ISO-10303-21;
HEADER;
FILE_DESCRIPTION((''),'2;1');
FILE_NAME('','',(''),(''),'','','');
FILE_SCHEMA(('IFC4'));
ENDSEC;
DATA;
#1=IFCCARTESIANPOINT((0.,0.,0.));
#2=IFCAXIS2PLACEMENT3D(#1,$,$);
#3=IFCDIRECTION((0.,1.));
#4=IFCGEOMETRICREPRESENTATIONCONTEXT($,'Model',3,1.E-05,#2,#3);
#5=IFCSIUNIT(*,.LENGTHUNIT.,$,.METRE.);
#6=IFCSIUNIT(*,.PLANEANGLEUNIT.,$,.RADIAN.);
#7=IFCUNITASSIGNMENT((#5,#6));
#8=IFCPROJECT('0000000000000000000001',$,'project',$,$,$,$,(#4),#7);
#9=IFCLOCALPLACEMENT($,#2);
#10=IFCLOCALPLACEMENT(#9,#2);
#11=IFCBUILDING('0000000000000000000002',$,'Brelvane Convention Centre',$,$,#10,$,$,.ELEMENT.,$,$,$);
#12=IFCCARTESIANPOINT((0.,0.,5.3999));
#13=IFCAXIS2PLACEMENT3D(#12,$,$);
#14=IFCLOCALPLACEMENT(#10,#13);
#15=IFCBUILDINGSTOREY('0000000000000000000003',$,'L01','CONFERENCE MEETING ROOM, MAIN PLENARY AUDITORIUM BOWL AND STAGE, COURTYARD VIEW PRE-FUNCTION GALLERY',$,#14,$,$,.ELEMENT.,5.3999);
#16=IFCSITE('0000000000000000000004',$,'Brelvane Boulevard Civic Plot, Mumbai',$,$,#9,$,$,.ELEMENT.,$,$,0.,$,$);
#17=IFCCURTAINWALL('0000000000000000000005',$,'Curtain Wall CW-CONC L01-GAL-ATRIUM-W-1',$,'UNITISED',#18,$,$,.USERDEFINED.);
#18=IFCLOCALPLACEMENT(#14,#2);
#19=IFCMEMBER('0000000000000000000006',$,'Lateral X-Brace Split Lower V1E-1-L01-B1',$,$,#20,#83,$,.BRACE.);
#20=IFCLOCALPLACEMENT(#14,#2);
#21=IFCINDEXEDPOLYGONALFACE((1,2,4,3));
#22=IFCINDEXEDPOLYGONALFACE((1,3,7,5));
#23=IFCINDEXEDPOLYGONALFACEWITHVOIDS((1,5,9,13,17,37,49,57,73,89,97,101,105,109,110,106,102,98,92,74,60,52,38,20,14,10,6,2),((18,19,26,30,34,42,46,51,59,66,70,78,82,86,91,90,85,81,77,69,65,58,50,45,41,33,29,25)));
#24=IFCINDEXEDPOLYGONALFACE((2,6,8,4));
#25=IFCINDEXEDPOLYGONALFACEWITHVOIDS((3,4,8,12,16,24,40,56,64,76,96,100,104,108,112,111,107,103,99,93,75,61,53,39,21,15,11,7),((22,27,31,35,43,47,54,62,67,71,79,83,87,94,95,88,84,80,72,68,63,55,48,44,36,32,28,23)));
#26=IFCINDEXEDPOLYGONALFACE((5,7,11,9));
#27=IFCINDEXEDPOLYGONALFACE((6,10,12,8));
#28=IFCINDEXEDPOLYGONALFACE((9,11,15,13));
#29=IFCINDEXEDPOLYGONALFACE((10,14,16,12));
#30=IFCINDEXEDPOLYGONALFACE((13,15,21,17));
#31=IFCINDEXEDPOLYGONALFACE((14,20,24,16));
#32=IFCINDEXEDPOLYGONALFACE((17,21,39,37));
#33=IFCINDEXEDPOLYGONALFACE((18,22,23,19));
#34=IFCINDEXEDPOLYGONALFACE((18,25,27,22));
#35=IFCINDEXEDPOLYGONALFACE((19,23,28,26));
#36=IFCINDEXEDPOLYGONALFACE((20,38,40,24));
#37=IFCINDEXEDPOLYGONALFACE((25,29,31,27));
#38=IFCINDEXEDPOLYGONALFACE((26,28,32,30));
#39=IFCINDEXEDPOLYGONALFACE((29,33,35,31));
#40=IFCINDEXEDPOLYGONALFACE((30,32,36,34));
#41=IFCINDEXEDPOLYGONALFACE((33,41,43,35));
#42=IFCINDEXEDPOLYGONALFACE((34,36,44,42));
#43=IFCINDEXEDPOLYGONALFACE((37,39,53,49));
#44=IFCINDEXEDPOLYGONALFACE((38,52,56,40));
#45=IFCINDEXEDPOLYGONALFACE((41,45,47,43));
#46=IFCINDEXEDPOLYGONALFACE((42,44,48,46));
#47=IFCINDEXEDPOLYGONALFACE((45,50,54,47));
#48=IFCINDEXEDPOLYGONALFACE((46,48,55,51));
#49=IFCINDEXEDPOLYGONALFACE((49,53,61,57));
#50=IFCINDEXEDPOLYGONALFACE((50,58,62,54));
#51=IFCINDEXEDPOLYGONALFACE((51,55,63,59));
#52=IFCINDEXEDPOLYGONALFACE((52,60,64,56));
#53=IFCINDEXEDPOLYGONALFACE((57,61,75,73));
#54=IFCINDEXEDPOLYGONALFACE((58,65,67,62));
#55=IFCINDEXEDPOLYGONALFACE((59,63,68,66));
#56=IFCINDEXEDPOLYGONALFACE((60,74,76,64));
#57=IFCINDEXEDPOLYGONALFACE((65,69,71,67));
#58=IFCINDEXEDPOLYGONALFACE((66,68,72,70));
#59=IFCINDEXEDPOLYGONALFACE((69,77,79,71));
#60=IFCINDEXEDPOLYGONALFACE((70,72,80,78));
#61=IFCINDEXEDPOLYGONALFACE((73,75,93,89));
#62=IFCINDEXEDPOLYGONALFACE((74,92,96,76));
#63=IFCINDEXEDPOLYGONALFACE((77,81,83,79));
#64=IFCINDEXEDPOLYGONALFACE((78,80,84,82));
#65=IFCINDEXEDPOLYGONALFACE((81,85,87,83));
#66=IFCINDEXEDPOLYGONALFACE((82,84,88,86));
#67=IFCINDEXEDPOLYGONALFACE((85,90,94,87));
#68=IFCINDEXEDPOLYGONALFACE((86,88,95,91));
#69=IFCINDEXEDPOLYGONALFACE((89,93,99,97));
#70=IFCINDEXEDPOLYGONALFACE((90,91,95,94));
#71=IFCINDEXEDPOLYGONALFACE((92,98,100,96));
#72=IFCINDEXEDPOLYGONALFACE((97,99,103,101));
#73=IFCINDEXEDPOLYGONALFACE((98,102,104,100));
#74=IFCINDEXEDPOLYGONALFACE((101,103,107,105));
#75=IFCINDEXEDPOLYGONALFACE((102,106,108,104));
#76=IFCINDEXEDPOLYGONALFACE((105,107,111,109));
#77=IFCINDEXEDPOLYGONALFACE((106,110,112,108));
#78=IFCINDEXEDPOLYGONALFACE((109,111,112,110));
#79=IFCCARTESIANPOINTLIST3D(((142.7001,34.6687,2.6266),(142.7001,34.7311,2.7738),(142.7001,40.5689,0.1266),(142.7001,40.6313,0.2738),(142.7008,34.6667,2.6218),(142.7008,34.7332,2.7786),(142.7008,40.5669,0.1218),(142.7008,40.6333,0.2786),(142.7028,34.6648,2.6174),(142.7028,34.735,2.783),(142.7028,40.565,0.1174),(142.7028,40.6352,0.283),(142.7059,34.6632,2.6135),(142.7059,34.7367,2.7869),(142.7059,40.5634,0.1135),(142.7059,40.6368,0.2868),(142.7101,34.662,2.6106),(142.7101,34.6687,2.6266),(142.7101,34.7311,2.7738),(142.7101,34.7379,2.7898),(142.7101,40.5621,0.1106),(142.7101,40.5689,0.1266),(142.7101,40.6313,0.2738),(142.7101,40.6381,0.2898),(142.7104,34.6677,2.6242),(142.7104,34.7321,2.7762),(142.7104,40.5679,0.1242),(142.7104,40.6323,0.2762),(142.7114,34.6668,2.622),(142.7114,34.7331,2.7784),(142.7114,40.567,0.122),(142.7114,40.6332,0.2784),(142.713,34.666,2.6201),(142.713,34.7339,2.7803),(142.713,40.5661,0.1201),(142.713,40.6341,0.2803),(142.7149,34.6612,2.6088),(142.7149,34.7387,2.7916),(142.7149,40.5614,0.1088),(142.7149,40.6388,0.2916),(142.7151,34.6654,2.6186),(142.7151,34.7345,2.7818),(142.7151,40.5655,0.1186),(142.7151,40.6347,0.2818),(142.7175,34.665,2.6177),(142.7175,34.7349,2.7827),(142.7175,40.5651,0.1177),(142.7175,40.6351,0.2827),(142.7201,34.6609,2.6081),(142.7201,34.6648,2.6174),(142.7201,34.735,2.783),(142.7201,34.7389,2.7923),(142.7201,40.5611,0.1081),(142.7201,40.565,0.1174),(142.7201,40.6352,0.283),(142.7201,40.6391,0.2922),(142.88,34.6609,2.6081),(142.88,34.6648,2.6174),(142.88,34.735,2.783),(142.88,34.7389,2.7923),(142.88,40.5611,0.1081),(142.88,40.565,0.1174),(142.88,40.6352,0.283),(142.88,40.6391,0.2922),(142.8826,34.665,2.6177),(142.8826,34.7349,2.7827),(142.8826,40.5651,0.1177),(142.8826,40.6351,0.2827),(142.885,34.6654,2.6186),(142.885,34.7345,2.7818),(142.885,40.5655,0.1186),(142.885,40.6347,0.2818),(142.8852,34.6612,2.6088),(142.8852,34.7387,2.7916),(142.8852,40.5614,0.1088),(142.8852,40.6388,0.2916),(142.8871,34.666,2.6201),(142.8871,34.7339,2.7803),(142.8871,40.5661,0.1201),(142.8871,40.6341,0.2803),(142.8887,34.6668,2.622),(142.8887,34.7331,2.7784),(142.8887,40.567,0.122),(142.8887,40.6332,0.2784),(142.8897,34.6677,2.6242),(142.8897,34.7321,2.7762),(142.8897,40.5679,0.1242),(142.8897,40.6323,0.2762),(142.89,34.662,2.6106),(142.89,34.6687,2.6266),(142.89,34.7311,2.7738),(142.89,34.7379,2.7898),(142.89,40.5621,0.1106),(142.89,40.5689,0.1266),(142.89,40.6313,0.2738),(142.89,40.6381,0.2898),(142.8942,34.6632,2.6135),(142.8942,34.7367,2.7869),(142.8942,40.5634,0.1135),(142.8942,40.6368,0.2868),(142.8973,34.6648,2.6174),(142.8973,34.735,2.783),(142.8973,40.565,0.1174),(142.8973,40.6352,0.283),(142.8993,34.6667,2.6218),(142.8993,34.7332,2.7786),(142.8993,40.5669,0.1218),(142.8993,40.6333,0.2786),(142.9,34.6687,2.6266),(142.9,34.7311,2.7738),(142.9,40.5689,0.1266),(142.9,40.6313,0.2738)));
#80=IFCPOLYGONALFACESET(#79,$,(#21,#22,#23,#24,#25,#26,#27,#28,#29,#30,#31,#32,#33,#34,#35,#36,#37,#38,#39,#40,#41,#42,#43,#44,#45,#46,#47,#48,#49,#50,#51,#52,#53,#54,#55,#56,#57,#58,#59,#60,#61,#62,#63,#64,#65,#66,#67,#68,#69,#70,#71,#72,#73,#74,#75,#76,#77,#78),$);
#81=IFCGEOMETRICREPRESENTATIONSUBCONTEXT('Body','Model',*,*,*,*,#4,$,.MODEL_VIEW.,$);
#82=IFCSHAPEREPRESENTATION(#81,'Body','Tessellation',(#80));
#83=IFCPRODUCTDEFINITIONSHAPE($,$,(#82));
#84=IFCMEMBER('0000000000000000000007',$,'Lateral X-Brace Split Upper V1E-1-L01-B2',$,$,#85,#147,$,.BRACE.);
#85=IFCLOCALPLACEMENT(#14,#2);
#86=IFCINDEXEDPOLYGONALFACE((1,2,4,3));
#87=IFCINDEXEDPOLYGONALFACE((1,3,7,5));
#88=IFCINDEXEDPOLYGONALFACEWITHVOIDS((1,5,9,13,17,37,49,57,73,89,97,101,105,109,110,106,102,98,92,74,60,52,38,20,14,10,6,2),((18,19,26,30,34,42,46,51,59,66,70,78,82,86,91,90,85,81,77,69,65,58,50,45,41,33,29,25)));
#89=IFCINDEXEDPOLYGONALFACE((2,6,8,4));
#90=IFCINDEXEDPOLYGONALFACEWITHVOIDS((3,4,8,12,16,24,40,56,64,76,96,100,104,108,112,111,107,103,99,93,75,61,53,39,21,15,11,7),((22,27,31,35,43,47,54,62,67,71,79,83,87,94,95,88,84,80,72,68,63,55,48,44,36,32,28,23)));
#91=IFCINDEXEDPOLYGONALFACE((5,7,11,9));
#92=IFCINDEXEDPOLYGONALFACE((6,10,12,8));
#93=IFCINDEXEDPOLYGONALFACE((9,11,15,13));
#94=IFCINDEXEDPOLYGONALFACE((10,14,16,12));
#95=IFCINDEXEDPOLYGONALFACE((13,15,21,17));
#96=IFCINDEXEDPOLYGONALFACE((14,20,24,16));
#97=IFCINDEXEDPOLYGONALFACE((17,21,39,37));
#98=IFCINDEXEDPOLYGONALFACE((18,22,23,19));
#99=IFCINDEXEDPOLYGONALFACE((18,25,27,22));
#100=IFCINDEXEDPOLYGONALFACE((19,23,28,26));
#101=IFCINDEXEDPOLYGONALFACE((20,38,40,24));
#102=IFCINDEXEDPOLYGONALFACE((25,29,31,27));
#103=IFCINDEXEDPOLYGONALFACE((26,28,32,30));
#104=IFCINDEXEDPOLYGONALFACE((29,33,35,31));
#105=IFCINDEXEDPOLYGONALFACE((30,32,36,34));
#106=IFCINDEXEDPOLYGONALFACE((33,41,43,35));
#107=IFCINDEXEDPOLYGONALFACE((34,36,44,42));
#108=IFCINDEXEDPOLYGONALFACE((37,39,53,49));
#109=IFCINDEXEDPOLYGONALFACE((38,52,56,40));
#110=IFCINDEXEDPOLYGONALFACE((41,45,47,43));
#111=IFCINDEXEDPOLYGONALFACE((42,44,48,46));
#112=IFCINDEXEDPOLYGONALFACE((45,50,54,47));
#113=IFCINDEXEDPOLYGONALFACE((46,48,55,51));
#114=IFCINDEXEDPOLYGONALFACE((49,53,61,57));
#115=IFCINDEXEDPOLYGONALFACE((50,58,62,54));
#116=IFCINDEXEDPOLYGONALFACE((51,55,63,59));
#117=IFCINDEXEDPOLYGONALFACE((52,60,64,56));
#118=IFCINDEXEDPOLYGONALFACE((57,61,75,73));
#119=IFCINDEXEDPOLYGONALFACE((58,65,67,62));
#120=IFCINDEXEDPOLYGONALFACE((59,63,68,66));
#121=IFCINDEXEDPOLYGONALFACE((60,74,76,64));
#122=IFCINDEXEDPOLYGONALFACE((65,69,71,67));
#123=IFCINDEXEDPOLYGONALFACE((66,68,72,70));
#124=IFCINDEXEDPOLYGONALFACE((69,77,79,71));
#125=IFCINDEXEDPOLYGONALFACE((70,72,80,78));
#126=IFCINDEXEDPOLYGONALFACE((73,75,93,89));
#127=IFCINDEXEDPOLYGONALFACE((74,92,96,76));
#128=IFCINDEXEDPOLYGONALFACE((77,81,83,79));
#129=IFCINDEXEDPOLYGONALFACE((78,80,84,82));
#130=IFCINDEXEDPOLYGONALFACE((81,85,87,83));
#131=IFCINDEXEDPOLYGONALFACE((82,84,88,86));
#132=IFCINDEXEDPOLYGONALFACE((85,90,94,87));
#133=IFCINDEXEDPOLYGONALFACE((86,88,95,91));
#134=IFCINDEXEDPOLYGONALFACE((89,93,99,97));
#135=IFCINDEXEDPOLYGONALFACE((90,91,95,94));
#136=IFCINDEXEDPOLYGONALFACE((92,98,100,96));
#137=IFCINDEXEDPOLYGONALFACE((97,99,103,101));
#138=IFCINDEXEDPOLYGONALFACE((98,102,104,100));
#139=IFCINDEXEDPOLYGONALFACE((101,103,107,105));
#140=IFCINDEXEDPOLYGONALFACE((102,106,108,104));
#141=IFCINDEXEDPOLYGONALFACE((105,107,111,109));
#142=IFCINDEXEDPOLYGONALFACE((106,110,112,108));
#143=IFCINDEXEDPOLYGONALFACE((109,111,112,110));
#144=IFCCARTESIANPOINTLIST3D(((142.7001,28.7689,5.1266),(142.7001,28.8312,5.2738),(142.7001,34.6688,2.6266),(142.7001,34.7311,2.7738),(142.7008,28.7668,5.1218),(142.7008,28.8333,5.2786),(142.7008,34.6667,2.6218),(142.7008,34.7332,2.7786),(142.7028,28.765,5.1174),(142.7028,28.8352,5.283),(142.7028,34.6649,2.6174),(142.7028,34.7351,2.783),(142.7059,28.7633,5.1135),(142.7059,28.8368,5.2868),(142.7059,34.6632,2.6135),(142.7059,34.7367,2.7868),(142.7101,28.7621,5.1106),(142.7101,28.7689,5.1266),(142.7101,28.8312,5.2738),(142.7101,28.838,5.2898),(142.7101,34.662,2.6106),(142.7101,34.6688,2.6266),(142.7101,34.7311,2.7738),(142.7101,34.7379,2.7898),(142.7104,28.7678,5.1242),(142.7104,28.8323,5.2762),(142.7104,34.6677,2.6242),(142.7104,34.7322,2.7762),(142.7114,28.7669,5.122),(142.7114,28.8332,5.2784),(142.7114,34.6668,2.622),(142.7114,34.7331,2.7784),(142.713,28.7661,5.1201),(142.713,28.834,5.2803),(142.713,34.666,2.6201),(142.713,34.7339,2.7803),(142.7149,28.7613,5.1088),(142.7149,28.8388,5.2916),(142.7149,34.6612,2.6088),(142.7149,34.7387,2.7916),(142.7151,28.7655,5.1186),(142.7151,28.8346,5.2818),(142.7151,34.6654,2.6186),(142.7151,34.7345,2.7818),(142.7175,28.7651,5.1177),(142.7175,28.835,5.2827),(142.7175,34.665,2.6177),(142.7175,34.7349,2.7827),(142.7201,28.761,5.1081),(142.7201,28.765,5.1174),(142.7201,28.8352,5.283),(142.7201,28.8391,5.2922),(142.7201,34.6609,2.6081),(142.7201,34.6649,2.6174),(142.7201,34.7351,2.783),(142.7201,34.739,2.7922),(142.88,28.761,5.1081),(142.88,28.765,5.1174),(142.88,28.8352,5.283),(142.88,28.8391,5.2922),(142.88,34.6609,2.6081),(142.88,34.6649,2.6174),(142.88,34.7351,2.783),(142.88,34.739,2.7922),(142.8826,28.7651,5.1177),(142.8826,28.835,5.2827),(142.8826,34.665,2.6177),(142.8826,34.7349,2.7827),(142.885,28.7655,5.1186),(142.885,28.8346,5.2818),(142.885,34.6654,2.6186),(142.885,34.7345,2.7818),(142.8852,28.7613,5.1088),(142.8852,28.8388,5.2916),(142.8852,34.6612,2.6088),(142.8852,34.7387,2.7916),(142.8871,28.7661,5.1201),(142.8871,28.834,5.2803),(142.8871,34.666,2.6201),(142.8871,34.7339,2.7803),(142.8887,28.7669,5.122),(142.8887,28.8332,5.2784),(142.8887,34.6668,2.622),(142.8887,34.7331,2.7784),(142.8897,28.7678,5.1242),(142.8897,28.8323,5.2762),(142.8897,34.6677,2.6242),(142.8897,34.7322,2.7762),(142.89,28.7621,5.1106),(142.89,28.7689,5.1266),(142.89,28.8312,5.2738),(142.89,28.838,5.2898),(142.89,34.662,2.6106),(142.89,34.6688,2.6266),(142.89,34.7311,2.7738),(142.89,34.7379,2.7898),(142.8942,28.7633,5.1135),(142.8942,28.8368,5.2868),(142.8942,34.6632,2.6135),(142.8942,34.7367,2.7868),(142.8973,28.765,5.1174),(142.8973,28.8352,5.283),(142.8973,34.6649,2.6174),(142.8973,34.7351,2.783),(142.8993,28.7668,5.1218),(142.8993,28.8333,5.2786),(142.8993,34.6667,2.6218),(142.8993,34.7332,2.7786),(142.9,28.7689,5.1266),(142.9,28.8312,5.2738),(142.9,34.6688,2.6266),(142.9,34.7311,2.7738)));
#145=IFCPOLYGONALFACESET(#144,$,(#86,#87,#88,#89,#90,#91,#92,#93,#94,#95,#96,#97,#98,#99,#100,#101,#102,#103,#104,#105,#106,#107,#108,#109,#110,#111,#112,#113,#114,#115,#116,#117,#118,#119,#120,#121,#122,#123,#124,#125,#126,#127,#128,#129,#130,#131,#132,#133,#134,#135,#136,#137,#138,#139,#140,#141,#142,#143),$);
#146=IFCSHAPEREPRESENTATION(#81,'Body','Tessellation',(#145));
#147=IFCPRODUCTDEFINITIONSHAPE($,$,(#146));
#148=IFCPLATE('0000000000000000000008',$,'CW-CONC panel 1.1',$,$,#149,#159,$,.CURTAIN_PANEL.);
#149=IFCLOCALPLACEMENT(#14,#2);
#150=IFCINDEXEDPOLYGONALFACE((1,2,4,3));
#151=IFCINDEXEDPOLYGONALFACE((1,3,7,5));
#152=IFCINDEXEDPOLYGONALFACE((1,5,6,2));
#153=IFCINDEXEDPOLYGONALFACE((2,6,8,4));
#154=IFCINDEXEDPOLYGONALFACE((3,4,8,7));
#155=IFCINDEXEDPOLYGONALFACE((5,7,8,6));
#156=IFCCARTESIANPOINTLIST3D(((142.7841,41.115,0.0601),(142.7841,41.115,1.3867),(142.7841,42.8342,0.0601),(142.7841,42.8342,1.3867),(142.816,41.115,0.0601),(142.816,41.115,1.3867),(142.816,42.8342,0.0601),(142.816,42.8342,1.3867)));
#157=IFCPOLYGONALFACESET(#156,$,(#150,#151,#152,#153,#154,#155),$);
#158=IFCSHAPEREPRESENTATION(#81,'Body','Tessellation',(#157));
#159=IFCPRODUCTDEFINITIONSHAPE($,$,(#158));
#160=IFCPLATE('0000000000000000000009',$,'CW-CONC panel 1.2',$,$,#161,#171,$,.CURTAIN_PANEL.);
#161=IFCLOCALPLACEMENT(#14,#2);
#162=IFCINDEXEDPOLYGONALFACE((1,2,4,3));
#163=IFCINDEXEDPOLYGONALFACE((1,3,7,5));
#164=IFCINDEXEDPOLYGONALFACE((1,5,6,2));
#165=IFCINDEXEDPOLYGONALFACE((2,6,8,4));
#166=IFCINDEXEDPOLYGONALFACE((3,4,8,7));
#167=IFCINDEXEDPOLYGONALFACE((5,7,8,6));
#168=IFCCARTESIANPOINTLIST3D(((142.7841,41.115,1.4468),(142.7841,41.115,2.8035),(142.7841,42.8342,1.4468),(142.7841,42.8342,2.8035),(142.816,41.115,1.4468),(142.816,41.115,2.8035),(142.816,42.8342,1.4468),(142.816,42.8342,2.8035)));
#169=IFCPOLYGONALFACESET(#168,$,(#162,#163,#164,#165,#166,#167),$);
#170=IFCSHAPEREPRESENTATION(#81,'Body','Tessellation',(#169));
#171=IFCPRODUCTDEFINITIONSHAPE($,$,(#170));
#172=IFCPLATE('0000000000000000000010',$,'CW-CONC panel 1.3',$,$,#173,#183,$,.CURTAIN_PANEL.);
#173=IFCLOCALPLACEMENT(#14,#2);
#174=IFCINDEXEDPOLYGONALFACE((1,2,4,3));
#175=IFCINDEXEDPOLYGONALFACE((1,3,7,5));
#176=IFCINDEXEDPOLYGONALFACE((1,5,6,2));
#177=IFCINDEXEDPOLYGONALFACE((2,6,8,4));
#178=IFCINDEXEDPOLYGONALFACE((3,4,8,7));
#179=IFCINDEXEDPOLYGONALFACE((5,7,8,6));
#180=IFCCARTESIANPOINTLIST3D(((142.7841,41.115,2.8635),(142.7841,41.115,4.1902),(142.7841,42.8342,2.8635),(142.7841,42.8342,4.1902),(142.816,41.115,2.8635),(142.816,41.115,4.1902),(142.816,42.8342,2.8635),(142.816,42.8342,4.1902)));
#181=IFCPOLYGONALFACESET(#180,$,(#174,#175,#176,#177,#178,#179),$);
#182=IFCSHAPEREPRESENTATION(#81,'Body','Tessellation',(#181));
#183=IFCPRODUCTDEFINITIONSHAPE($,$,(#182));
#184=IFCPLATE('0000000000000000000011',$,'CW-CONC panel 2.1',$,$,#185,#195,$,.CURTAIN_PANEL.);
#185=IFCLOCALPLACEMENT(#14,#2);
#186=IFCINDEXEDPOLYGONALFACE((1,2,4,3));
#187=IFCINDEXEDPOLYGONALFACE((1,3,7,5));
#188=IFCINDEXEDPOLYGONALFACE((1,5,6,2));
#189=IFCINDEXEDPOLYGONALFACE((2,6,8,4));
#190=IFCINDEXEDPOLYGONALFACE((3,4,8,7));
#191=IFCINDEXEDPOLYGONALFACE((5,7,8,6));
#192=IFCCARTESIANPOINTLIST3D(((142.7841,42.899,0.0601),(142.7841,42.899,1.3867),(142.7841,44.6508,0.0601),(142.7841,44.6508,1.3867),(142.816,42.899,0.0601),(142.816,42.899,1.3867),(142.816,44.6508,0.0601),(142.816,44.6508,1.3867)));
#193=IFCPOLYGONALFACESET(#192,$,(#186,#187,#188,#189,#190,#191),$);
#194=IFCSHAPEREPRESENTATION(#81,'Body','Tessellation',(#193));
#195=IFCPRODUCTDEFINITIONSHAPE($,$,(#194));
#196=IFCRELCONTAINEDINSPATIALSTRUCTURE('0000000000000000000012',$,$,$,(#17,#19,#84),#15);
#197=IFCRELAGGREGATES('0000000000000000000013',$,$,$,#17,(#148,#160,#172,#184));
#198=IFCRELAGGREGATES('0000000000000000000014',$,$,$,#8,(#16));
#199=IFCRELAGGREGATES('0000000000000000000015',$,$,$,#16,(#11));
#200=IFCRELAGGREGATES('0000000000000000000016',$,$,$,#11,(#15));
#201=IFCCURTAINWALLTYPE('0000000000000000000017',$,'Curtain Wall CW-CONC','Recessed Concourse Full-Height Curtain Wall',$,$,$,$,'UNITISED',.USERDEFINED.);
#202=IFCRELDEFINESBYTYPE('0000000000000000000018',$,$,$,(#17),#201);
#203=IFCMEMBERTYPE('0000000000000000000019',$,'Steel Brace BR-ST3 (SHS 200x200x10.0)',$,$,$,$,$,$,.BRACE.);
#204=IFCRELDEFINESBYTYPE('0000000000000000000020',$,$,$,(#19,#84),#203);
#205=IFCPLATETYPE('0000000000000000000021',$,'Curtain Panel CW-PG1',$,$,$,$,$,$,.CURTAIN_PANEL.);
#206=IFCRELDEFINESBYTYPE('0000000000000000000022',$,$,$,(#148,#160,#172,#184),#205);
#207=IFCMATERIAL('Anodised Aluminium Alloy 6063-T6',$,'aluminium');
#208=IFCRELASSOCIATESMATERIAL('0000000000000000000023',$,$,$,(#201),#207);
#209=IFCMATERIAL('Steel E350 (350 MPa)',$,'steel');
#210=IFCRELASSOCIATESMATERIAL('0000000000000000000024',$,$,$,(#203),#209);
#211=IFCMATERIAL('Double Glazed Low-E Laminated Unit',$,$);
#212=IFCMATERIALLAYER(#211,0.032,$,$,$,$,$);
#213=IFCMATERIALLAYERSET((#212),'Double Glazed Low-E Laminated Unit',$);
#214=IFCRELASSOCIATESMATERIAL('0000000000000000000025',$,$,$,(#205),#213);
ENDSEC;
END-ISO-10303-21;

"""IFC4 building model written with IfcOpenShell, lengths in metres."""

from ifc_helpers import new_model, si_unit, direction, frame, origin, origin_2d, place, context, subcontext, project, spatial, rectangle, hollow_rectangle, extrude, material, layer, layer_set, material_profile, profile_set, type_object, element, aggregate, save


model = new_model("IFC4")

# Units and contexts
model_context = context("Model", 3, precision=1e-05, world=origin(), true_north=direction((0.0, 1.0)))
body_context = subcontext(model_context, "Body", "Model", "MODEL_VIEW")
ifc_project = project(units=[si_unit("LENGTHUNIT", "METRE"), si_unit("PLANEANGLEUNIT", "RADIAN")], contexts=[model_context])

# Site, building, storey
site_placement = place(None, origin())
site = spatial("IfcSite", under=ifc_project, at=site_placement, Name="Brelvane Boulevard Civic Plot, Mumbai", CompositionType="ELEMENT", RefElevation=0.0)
building_placement = place(site_placement, origin())
building = spatial("IfcBuilding", under=site, at=building_placement, Name="Brelvane Convention Centre", CompositionType="ELEMENT")
storey_placement = place(building_placement, frame((0.0, 0.0, 5.3999)))
storey = spatial("IfcBuildingStorey", under=building, at=storey_placement, Name="L01", Description="CONFERENCE MEETING ROOM, MAIN PLENARY AUDITORIUM BOWL AND STAGE, COURTYARD VIEW PRE-FUNCTION GALLERY", CompositionType="ELEMENT", Elevation=5.3999)

# Curtain wall
ifc_material_1 = material(Name="Anodised Aluminium Alloy 6063-T6", Category="aluminium")
curtain_wall_type = type_object("IfcCurtainWallType", Name="Curtain Wall CW-CONC", Description="Recessed Concourse Full-Height Curtain Wall", ElementType="UNITISED", PredefinedType="USERDEFINED", material=ifc_material_1)
curtain_wall_placement = place(storey_placement, origin())
curtain_wall = element("IfcCurtainWall", 1, at=curtain_wall_placement, inside=storey, type_object=curtain_wall_type, Name="Curtain Wall CW-CONC L01-GAL-ATRIUM-W-1", ObjectType="UNITISED", PredefinedType="USERDEFINED")

# Members
ifc_material_2 = material(Name="Steel E350 (350 MPa)", Category="steel")
ifc_material_profile_1 = material_profile(ifc_material_2, hollow_rectangle(XDim=0.2, YDim=0.2, WallThickness=0.01, InnerFilletRadius=0.01, OuterFilletRadius=0.02, at=origin_2d()), Name="SHS 200x200x10.0")
ifc_profile_set_1 = profile_set([ifc_material_profile_1], Name="Steel E350 (350 MPa)")
member_type_1 = type_object("IfcMemberType", Name="Steel Brace BR-ST3 (SHS 200x200x10.0)", PredefinedType="BRACE", material=ifc_profile_set_1)
member_1_placement = place(storey_placement, frame((142.8, 40.6001, 0.2002), z_axis=(0.0, -0.920755, 0.390141), x_axis=(1.0, 0.0, 0.0)))
element("IfcMember", 2, at=member_1_placement, inside=storey, type_object=member_type_1, Name="Lateral X-Brace Split Lower V1E-1-L01-B1", PredefinedType="BRACE", context=body_context, shape_type="SweptSolid", body=[
    extrude(hollow_rectangle(XDim=0.2, YDim=0.2, WallThickness=0.01, InnerFilletRadius=0.01, OuterFilletRadius=0.02, at=origin_2d()), origin(), (0.0, 0.0, 1.0), 6.408),
])
member_2_placement = place(storey_placement, frame((142.8, 34.7, 2.7002), z_axis=(0.0, -0.920749, 0.390155), x_axis=(1.0, 0.0, 0.0)))
element("IfcMember", 3, at=member_2_placement, inside=storey, type_object=member_type_1, Name="Lateral X-Brace Split Upper V1E-1-L01-B2", PredefinedType="BRACE", context=body_context, shape_type="SweptSolid", body=[
    extrude(hollow_rectangle(XDim=0.2, YDim=0.2, WallThickness=0.01, InnerFilletRadius=0.01, OuterFilletRadius=0.02, at=origin_2d()), origin(), (0.0, 0.0, 1.0), 6.4077),
])

# Plates
ifc_material_3 = material(Name="Double Glazed Low-E Laminated Unit")
ifc_layer_1 = layer(ifc_material_3, 0.032)
ifc_layer_set_1 = layer_set([ifc_layer_1], Name="Double Glazed Low-E Laminated Unit")
plate_type_1 = type_object("IfcPlateType", Name="Curtain Panel CW-PG1", PredefinedType="CURTAIN_PANEL", material=ifc_layer_set_1)
plate_1_placement = place(storey_placement, frame((142.8, 41.9746, 0.0601), z_axis=(0.0, 0.0, 1.0), x_axis=(0.0, 1.0, 0.0)))
plate_1 = element("IfcPlate", 4, at=plate_1_placement, type_object=plate_type_1, Name="CW-CONC panel 1.1", PredefinedType="CURTAIN_PANEL", context=body_context, shape_type="SweptSolid", body=[
    extrude(rectangle(XDim=1.7192, YDim=0.032, at=origin_2d()), origin(), (0.0, 0.0, 1.0), 1.3267),
])
plate_2_placement = place(storey_placement, frame((142.8, 41.9746, 1.4468), z_axis=(0.0, 0.0, 1.0), x_axis=(0.0, 1.0, 0.0)))
plate_2 = element("IfcPlate", 5, at=plate_2_placement, type_object=plate_type_1, Name="CW-CONC panel 1.2", PredefinedType="CURTAIN_PANEL", context=body_context, shape_type="SweptSolid", body=[
    extrude(rectangle(XDim=1.7192, YDim=0.032, at=origin_2d()), origin(), (0.0, 0.0, 1.0), 1.3567),
])
plate_3_placement = place(storey_placement, frame((142.8, 41.9746, 2.8635), z_axis=(0.0, 0.0, 1.0), x_axis=(0.0, 1.0, 0.0)))
plate_3 = element("IfcPlate", 6, at=plate_3_placement, type_object=plate_type_1, Name="CW-CONC panel 1.3", PredefinedType="CURTAIN_PANEL", context=body_context, shape_type="SweptSolid", body=[
    extrude(rectangle(XDim=1.7192, YDim=0.032, at=origin_2d()), origin(), (0.0, 0.0, 1.0), 1.3267),
])
plate_4_placement = place(storey_placement, frame((142.8, 43.7749, 0.0601), z_axis=(0.0, 0.0, 1.0), x_axis=(0.0, 1.0, 0.0)))
plate_4 = element("IfcPlate", 7, at=plate_4_placement, type_object=plate_type_1, Name="CW-CONC panel 2.1", PredefinedType="CURTAIN_PANEL", context=body_context, shape_type="SweptSolid", body=[
    extrude(rectangle(XDim=1.7517, YDim=0.032, at=origin_2d()), origin(), (0.0, 0.0, 1.0), 1.3267),
])
aggregate(curtain_wall, [plate_1, plate_2, plate_3, plate_4])

save(model, "model.ifc")
